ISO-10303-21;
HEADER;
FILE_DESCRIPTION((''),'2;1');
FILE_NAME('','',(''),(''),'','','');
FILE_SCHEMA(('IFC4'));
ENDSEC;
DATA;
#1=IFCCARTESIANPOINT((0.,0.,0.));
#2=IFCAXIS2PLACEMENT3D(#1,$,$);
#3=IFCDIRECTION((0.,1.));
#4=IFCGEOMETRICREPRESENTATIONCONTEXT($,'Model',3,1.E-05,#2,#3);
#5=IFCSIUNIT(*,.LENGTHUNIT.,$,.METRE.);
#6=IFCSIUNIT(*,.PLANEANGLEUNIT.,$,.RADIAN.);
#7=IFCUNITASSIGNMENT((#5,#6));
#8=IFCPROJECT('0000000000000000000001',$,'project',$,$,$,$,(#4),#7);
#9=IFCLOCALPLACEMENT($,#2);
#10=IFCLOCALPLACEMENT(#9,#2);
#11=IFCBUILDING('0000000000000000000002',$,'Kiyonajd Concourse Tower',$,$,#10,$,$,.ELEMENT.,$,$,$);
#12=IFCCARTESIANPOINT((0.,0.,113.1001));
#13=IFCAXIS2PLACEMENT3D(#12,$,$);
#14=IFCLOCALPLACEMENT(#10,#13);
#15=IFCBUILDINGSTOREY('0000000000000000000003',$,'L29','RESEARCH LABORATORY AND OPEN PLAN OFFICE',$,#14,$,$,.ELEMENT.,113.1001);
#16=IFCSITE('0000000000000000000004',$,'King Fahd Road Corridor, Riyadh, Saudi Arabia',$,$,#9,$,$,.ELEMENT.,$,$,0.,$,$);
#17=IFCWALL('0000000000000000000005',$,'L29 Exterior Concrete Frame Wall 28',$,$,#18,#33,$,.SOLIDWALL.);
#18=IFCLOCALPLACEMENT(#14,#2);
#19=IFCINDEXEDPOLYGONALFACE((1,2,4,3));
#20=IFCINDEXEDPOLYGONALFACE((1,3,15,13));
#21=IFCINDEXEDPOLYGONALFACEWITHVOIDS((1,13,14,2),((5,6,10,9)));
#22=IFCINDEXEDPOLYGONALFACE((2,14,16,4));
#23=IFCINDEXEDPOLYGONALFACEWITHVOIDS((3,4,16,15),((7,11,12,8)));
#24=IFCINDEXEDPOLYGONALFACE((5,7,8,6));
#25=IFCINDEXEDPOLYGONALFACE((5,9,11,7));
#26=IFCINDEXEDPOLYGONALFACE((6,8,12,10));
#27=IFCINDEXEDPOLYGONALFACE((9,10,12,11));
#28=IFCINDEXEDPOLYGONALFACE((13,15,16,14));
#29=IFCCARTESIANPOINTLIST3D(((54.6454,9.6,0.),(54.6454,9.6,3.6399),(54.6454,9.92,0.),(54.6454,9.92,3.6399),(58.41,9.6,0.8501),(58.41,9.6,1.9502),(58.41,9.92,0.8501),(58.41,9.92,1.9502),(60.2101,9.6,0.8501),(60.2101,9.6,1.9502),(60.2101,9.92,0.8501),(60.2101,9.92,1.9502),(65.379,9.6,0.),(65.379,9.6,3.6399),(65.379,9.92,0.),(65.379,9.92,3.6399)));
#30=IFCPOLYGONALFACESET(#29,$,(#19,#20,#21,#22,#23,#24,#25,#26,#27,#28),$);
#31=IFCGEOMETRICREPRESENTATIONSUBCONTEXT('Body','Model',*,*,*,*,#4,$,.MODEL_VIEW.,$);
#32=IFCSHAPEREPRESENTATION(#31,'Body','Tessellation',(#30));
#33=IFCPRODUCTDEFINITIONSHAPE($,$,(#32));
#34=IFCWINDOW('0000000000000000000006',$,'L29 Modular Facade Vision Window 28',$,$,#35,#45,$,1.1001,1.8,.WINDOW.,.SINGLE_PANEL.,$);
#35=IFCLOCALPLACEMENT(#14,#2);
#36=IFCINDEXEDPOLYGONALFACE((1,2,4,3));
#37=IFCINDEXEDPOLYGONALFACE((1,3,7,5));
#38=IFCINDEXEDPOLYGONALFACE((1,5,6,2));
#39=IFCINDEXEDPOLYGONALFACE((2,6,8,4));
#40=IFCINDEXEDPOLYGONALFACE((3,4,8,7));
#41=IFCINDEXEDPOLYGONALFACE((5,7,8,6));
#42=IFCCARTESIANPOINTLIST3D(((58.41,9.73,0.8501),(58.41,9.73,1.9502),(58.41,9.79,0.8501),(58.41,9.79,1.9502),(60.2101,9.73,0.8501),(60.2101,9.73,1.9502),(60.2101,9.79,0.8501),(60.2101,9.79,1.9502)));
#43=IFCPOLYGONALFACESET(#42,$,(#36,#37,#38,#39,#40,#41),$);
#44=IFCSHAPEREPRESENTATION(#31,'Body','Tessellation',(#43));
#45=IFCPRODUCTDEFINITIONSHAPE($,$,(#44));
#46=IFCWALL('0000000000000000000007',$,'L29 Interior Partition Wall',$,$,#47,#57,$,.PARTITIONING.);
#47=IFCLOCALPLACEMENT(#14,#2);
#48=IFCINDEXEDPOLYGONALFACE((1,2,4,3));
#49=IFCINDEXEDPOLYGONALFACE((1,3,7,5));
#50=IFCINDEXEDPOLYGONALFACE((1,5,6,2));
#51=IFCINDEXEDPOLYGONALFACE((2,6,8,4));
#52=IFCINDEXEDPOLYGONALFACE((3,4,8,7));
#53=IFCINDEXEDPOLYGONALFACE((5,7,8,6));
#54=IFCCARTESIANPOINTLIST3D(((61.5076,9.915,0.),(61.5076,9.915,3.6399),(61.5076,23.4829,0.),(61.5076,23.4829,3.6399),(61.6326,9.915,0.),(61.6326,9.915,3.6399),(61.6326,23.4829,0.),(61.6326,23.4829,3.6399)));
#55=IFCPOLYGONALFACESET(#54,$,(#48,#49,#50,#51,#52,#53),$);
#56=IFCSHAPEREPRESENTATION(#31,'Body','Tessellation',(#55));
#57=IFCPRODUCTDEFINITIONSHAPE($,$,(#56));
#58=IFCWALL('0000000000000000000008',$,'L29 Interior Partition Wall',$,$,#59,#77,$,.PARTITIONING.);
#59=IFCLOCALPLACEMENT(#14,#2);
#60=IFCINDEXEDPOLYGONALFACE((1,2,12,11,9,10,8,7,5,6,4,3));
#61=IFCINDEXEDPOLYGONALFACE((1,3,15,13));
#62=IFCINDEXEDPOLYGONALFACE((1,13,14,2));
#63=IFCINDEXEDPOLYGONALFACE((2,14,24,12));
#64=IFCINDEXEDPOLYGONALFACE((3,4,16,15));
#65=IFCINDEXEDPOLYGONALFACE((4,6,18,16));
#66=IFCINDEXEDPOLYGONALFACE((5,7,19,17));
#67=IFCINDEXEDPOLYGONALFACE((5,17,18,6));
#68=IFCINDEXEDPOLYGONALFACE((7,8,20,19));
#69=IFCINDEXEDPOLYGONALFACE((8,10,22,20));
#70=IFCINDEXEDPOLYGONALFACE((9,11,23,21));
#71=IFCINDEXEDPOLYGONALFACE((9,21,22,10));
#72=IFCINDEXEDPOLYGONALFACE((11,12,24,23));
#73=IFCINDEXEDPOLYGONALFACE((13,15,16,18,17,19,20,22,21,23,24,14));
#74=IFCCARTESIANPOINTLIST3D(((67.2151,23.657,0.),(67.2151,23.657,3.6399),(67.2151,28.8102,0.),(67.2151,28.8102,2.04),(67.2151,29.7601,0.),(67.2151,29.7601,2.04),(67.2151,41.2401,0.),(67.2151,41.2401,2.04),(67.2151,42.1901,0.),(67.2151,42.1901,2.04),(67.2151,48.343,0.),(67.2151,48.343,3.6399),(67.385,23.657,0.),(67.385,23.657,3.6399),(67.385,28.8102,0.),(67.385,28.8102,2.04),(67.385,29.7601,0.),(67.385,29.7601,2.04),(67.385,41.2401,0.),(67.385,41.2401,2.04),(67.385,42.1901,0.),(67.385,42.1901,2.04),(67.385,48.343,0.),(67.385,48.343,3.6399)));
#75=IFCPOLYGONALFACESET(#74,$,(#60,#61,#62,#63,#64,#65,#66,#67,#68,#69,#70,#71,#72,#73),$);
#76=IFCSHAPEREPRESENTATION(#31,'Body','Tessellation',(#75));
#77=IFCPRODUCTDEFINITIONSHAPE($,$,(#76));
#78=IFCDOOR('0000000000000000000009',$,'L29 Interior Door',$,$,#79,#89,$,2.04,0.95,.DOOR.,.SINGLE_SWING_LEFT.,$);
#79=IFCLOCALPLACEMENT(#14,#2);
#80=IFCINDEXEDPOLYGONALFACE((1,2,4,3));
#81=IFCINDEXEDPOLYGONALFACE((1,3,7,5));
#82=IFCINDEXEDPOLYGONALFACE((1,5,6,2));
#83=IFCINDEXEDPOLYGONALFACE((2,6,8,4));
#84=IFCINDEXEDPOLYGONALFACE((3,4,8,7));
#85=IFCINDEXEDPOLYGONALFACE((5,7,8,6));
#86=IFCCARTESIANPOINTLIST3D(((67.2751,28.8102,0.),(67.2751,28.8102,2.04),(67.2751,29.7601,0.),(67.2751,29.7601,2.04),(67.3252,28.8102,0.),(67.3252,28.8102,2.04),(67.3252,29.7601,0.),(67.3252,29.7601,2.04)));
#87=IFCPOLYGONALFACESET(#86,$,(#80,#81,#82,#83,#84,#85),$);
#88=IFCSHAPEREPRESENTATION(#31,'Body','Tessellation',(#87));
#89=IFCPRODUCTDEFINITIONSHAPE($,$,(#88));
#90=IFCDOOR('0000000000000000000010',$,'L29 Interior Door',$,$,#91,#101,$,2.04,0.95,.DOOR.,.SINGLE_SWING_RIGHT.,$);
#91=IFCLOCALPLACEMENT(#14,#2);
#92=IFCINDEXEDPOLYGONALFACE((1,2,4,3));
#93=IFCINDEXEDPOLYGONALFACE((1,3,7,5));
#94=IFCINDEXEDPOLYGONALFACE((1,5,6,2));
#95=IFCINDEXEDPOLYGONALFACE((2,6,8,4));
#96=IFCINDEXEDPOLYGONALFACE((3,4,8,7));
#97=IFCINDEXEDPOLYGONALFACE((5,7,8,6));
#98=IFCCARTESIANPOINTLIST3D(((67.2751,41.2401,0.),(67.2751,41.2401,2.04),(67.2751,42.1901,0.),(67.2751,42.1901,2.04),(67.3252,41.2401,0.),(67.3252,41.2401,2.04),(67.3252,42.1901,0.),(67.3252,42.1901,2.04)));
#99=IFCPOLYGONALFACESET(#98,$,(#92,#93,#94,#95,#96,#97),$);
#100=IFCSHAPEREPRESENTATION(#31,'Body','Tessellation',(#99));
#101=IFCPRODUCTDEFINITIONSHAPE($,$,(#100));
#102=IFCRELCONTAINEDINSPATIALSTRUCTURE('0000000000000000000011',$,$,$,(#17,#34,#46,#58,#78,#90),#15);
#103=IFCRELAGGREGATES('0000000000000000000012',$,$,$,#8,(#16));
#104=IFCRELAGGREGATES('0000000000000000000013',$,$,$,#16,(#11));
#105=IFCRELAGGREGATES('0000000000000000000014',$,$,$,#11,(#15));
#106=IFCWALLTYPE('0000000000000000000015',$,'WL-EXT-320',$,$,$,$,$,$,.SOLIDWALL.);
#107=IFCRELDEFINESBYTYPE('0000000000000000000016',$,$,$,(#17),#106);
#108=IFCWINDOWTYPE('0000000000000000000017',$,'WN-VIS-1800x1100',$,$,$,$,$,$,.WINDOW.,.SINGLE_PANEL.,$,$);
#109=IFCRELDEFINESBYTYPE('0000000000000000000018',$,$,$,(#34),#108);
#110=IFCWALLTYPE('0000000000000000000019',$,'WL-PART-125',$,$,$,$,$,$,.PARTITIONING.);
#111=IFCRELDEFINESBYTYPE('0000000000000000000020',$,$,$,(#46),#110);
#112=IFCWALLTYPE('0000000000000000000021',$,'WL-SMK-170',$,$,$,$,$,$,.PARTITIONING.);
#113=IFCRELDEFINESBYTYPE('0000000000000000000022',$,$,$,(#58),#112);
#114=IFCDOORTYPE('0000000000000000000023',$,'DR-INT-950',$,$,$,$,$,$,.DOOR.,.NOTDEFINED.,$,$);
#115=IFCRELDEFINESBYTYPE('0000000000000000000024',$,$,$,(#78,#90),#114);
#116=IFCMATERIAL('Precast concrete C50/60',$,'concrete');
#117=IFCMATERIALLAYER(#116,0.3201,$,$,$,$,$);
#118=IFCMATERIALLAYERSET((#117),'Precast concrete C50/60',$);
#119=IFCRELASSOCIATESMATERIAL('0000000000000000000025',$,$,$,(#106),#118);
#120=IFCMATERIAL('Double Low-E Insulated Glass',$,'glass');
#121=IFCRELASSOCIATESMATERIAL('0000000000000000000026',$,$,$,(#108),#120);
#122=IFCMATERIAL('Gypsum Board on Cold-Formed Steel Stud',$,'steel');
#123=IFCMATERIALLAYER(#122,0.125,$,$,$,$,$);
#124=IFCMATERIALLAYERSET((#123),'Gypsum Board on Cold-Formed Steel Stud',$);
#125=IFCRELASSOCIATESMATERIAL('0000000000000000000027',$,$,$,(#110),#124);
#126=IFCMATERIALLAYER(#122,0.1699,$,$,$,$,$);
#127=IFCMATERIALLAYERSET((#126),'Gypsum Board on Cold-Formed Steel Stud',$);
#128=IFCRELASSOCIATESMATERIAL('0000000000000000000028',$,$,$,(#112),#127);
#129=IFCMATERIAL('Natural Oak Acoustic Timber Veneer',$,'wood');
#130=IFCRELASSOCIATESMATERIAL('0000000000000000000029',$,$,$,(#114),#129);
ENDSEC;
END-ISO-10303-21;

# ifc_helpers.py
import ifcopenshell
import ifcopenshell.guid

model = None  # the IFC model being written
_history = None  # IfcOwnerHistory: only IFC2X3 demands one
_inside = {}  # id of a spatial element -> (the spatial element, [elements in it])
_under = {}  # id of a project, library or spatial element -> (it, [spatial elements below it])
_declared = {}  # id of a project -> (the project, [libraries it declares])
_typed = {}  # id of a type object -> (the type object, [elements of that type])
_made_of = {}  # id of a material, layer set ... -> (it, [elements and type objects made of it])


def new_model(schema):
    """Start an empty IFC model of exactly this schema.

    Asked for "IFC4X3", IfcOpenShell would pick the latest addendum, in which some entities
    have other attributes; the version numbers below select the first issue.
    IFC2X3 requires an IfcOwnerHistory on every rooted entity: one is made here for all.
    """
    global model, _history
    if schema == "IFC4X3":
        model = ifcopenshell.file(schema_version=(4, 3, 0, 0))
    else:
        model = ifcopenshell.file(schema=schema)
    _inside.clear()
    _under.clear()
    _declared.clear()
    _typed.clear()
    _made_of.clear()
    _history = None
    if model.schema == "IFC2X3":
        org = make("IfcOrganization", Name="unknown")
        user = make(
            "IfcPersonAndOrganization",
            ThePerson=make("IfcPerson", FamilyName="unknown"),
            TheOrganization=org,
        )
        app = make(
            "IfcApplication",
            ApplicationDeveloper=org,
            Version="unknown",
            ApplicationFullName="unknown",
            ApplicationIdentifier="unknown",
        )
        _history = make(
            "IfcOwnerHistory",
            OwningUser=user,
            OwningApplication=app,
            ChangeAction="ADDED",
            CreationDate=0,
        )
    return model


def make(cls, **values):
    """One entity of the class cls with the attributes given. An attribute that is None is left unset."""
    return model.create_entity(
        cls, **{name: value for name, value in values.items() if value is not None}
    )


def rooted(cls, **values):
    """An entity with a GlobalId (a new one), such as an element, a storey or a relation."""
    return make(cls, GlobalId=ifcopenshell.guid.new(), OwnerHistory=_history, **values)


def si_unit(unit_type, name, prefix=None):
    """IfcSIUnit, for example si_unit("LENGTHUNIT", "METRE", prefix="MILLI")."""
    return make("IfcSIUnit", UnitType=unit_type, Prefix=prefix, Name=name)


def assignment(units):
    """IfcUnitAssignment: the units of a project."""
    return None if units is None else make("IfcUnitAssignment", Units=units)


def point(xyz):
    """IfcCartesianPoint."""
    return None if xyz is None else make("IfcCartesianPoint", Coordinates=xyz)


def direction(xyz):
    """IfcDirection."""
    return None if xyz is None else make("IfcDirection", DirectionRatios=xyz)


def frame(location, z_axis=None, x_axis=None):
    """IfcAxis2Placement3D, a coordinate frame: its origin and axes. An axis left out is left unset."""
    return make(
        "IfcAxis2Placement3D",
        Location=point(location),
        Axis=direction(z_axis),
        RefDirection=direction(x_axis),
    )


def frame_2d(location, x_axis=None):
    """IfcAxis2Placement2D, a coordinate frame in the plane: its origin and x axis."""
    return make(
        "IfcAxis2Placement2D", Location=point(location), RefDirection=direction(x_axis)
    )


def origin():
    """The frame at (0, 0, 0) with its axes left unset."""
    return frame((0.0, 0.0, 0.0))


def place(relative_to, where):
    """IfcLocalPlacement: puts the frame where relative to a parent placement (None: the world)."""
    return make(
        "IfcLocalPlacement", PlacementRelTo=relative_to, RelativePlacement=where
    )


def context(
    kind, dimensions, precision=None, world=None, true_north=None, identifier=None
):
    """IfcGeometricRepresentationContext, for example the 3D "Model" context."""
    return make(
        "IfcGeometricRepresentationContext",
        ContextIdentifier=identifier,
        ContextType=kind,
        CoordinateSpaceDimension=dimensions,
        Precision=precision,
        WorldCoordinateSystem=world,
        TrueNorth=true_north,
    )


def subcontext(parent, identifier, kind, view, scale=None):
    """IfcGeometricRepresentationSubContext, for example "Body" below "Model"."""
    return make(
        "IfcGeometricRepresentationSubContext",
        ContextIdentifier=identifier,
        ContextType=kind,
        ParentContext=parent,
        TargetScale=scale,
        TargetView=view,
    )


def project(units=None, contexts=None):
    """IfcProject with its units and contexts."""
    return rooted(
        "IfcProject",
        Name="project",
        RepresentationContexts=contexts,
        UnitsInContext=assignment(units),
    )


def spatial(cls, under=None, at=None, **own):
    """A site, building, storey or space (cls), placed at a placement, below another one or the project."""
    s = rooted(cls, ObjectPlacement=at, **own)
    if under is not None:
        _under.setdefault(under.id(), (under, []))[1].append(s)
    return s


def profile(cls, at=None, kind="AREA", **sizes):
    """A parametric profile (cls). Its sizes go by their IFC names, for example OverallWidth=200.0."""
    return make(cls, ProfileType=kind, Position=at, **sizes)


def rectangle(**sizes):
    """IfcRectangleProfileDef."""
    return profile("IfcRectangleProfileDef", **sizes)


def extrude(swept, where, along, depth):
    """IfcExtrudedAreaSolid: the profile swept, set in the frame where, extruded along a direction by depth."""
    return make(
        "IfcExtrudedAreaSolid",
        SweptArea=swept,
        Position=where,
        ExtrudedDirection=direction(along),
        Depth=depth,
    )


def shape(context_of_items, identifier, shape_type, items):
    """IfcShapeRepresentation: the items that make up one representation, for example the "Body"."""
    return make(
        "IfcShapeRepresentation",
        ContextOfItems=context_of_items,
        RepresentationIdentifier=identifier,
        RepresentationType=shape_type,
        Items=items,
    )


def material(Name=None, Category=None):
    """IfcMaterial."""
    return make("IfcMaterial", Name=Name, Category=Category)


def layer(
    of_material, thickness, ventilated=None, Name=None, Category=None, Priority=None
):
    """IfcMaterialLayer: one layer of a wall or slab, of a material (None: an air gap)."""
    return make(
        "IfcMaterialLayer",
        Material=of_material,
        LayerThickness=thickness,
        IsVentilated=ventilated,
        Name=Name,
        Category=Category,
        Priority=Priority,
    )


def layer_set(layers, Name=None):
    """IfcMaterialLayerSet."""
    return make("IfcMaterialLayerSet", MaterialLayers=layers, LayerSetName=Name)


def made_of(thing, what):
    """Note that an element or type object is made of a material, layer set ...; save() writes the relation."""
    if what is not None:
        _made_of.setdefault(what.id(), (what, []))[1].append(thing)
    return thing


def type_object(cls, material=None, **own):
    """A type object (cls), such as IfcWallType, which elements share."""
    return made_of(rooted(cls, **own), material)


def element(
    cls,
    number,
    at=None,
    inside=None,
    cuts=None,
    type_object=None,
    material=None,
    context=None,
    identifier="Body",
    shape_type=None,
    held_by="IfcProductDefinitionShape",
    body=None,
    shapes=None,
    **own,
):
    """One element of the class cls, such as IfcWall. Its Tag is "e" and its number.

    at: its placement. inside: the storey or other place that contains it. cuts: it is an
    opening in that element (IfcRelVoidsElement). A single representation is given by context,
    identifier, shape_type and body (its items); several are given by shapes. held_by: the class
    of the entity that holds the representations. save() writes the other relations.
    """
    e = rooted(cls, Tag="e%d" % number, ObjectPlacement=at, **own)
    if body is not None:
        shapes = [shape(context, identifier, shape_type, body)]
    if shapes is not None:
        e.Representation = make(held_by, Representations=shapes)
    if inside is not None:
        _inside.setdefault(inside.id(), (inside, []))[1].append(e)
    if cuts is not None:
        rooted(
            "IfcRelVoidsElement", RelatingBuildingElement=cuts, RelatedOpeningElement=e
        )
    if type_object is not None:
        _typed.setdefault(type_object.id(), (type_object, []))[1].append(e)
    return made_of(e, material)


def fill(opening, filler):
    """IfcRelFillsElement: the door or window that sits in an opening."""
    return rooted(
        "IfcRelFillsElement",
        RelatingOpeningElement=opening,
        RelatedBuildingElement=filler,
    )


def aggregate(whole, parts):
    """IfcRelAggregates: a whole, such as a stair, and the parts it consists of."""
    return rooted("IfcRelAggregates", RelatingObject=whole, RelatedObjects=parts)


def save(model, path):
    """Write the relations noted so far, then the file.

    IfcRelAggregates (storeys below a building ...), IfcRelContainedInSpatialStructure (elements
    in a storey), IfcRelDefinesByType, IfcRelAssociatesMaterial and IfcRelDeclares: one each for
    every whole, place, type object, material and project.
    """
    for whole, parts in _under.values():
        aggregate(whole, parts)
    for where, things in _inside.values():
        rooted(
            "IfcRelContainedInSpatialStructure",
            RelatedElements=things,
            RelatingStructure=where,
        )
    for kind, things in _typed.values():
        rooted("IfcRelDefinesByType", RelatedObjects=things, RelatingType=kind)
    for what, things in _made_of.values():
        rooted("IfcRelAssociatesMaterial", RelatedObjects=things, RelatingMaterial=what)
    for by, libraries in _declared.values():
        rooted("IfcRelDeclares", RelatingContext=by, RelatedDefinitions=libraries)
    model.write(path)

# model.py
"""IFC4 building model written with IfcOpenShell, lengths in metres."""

from ifc_helpers import new_model, si_unit, direction, frame, frame_2d, origin, place, context, subcontext, project, spatial, rectangle, extrude, material, layer, layer_set, type_object, element, fill, save


model = new_model("IFC4")

# Units and contexts
model_context = context("Model", 3, precision=1e-05, world=origin(), true_north=direction((0.0, 1.0)))
body_context = subcontext(model_context, "Body", "Model", "MODEL_VIEW")
ifc_project = project(units=[si_unit("LENGTHUNIT", "METRE"), si_unit("PLANEANGLEUNIT", "RADIAN")], contexts=[model_context])

# Site, building, storey
site_placement = place(None, origin())
site = spatial("IfcSite", under=ifc_project, at=site_placement, Name="King Fahd Road Corridor, Riyadh, Saudi Arabia", CompositionType="ELEMENT", RefElevation=0.0)
building_placement = place(site_placement, origin())
building = spatial("IfcBuilding", under=site, at=building_placement, Name="Kiyonajd Concourse Tower", CompositionType="ELEMENT")
storey_placement = place(building_placement, frame((0.0, 0.0, 113.1001)))
storey = spatial("IfcBuildingStorey", under=building, at=storey_placement, Name="L29", Description="RESEARCH LABORATORY AND OPEN PLAN OFFICE", CompositionType="ELEMENT", Elevation=113.1001)

# Shared definitions
ifc_material_1 = material(Name="Precast concrete C50/60", Category="concrete")

# Shared definitions
ifc_material_2 = material(Name="Double Low-E Insulated Glass", Category="glass")

# Shared definitions
ifc_layer_1 = layer(ifc_material_1, 0.3201)
ifc_layer_set_1 = layer_set([ifc_layer_1], Name="Precast concrete C50/60")
wall_type_1 = type_object("IfcWallType", Name="WL-EXT-320", PredefinedType="SOLIDWALL", material=ifc_layer_set_1)

# Wall, opening, window
wall_1_placement = place(storey_placement, frame((65.3789, 9.76, 0.0), z_axis=(0.0, 0.0, 1.0), x_axis=(-1.0, 0.0, 0.0)))
wall_1 = element("IfcWall", 1, at=wall_1_placement, inside=storey, type_object=wall_type_1, Name="L29 Exterior Concrete Frame Wall 28", PredefinedType="SOLIDWALL", context=body_context, shape_type="SweptSolid", body=[
    extrude(rectangle(XDim=10.7336, YDim=0.3201, at=frame_2d((5.3667, 0.0))), origin(), (0.0, 0.0, 1.0), 3.6399),
])
opening_1_placement = place(wall_1_placement, frame((5.1689, 0.0, 0.8501)))
opening_1 = element("IfcOpeningElement", 2, at=opening_1_placement, cuts=wall_1, PredefinedType="OPENING", context=body_context, shape_type="SweptSolid", body=[
    extrude(rectangle(XDim=1.8, YDim=1.1001, at=frame_2d((0.8999, 0.55))), frame((0.0, 0.1699, 0.0), z_axis=(0.0, -1.0, 0.0), x_axis=(1.0, 0.0, 0.0)), (0.0, 0.0, 1.0), 0.3401),
])
window_type = type_object("IfcWindowType", Name="WN-VIS-1800x1100", PartitioningType="SINGLE_PANEL", PredefinedType="WINDOW", material=ifc_material_2)
window_placement = place(opening_1_placement, origin())
window = element("IfcWindow", 3, at=window_placement, inside=storey, type_object=window_type, Name="L29 Modular Facade Vision Window 28", OverallHeight=1.1001, OverallWidth=1.8, PartitioningType="SINGLE_PANEL", PredefinedType="WINDOW", context=body_context, shape_type="SweptSolid", body=[
    extrude(rectangle(XDim=1.8, YDim=1.1001, at=frame_2d((0.8999, 0.55))), frame((0.0, 0.03, 0.0), z_axis=(0.0, -1.0, 0.0), x_axis=(1.0, 0.0, 0.0)), (0.0, 0.0, 1.0), 0.0601),
])
fill(opening_1, window)

# Wall
ifc_material_3 = material(Name="Gypsum Board on Cold-Formed Steel Stud", Category="steel")
ifc_layer_2 = layer(ifc_material_3, 0.125)
ifc_layer_set_2 = layer_set([ifc_layer_2], Name="Gypsum Board on Cold-Formed Steel Stud")
wall_type_2 = type_object("IfcWallType", Name="WL-PART-125", PredefinedType="PARTITIONING", material=ifc_layer_set_2)
wall_2_placement = place(storey_placement, frame((61.5701, 9.915, 0.0), z_axis=(0.0, 0.0, 1.0), x_axis=(0.0, 1.0, 0.0)))
element("IfcWall", 4, at=wall_2_placement, inside=storey, type_object=wall_type_2, Name="L29 Interior Partition Wall", PredefinedType="PARTITIONING", context=body_context, shape_type="SweptSolid", body=[
    extrude(rectangle(XDim=13.5679, YDim=0.125, at=frame_2d((6.7839, 0.0))), origin(), (0.0, 0.0, 1.0), 3.6399),
])

# Wall, openings, doors
ifc_layer_3 = layer(ifc_material_3, 0.1699)
ifc_layer_set_3 = layer_set([ifc_layer_3], Name="Gypsum Board on Cold-Formed Steel Stud")
wall_type_3 = type_object("IfcWallType", Name="WL-SMK-170", PredefinedType="PARTITIONING", material=ifc_layer_set_3)
wall_3_placement = place(storey_placement, frame((67.3, 23.657, 0.0), z_axis=(0.0, 0.0, 1.0), x_axis=(0.0, 1.0, 0.0)))
wall_3 = element("IfcWall", 5, at=wall_3_placement, inside=storey, type_object=wall_type_3, Name="L29 Interior Partition Wall", PredefinedType="PARTITIONING", context=body_context, shape_type="SweptSolid", body=[
    extrude(rectangle(XDim=24.686, YDim=0.1699, at=frame_2d((12.343, 0.0))), origin(), (0.0, 0.0, 1.0), 3.6399),
])
opening_2_placement = place(wall_3_placement, frame((5.1531, 0.0, 0.0)))
opening_2 = element("IfcOpeningElement", 6, at=opening_2_placement, cuts=wall_3, PredefinedType="OPENING", context=body_context, shape_type="SweptSolid", body=[
    extrude(rectangle(XDim=0.95, YDim=2.04, at=frame_2d((0.4751, 1.02))), frame((0.0, 0.095, 0.0), z_axis=(0.0, -1.0, 0.0), x_axis=(1.0, 0.0, 0.0)), (0.0, 0.0, 1.0), 0.1899),
])
opening_3_placement = place(wall_3_placement, frame((17.583, 0.0, 0.0)))
opening_3 = element("IfcOpeningElement", 7, at=opening_3_placement, cuts=wall_3, PredefinedType="OPENING", context=body_context, shape_type="SweptSolid", body=[
    extrude(rectangle(XDim=0.95, YDim=2.04, at=frame_2d((0.4751, 1.02))), frame((0.0, 0.095, 0.0), z_axis=(0.0, -1.0, 0.0), x_axis=(1.0, 0.0, 0.0)), (0.0, 0.0, 1.0), 0.1899),
])
ifc_material_4 = material(Name="Natural Oak Acoustic Timber Veneer", Category="wood")
door_type = type_object("IfcDoorType", Name="DR-INT-950", OperationType="NOTDEFINED", PredefinedType="DOOR", material=ifc_material_4)
door_1_placement = place(opening_2_placement, origin())
door_1 = element("IfcDoor", 8, at=door_1_placement, inside=storey, type_object=door_type, Name="L29 Interior Door", OperationType="SINGLE_SWING_LEFT", OverallHeight=2.04, OverallWidth=0.95, PredefinedType="DOOR", context=body_context, shape_type="SweptSolid", body=[
    extrude(rectangle(XDim=0.95, YDim=2.04, at=frame_2d((0.4751, 1.02))), frame((0.0, 0.0249, 0.0), z_axis=(0.0, -1.0, 0.0), x_axis=(1.0, 0.0, 0.0)), (0.0, 0.0, 1.0), 0.05),
])
fill(opening_2, door_1)
door_2_placement = place(opening_3_placement, origin())
door_2 = element("IfcDoor", 9, at=door_2_placement, inside=storey, type_object=door_type, Name="L29 Interior Door", OperationType="SINGLE_SWING_RIGHT", OverallHeight=2.04, OverallWidth=0.95, PredefinedType="DOOR", context=body_context, shape_type="SweptSolid", body=[
    extrude(rectangle(XDim=0.95, YDim=2.04, at=frame_2d((0.4751, 1.02))), frame((0.0, 0.0249, 0.0), z_axis=(0.0, -1.0, 0.0), x_axis=(1.0, 0.0, 0.0)), (0.0, 0.0, 1.0), 0.05),
])
fill(opening_3, door_2)

save(model, "model.ifc")
